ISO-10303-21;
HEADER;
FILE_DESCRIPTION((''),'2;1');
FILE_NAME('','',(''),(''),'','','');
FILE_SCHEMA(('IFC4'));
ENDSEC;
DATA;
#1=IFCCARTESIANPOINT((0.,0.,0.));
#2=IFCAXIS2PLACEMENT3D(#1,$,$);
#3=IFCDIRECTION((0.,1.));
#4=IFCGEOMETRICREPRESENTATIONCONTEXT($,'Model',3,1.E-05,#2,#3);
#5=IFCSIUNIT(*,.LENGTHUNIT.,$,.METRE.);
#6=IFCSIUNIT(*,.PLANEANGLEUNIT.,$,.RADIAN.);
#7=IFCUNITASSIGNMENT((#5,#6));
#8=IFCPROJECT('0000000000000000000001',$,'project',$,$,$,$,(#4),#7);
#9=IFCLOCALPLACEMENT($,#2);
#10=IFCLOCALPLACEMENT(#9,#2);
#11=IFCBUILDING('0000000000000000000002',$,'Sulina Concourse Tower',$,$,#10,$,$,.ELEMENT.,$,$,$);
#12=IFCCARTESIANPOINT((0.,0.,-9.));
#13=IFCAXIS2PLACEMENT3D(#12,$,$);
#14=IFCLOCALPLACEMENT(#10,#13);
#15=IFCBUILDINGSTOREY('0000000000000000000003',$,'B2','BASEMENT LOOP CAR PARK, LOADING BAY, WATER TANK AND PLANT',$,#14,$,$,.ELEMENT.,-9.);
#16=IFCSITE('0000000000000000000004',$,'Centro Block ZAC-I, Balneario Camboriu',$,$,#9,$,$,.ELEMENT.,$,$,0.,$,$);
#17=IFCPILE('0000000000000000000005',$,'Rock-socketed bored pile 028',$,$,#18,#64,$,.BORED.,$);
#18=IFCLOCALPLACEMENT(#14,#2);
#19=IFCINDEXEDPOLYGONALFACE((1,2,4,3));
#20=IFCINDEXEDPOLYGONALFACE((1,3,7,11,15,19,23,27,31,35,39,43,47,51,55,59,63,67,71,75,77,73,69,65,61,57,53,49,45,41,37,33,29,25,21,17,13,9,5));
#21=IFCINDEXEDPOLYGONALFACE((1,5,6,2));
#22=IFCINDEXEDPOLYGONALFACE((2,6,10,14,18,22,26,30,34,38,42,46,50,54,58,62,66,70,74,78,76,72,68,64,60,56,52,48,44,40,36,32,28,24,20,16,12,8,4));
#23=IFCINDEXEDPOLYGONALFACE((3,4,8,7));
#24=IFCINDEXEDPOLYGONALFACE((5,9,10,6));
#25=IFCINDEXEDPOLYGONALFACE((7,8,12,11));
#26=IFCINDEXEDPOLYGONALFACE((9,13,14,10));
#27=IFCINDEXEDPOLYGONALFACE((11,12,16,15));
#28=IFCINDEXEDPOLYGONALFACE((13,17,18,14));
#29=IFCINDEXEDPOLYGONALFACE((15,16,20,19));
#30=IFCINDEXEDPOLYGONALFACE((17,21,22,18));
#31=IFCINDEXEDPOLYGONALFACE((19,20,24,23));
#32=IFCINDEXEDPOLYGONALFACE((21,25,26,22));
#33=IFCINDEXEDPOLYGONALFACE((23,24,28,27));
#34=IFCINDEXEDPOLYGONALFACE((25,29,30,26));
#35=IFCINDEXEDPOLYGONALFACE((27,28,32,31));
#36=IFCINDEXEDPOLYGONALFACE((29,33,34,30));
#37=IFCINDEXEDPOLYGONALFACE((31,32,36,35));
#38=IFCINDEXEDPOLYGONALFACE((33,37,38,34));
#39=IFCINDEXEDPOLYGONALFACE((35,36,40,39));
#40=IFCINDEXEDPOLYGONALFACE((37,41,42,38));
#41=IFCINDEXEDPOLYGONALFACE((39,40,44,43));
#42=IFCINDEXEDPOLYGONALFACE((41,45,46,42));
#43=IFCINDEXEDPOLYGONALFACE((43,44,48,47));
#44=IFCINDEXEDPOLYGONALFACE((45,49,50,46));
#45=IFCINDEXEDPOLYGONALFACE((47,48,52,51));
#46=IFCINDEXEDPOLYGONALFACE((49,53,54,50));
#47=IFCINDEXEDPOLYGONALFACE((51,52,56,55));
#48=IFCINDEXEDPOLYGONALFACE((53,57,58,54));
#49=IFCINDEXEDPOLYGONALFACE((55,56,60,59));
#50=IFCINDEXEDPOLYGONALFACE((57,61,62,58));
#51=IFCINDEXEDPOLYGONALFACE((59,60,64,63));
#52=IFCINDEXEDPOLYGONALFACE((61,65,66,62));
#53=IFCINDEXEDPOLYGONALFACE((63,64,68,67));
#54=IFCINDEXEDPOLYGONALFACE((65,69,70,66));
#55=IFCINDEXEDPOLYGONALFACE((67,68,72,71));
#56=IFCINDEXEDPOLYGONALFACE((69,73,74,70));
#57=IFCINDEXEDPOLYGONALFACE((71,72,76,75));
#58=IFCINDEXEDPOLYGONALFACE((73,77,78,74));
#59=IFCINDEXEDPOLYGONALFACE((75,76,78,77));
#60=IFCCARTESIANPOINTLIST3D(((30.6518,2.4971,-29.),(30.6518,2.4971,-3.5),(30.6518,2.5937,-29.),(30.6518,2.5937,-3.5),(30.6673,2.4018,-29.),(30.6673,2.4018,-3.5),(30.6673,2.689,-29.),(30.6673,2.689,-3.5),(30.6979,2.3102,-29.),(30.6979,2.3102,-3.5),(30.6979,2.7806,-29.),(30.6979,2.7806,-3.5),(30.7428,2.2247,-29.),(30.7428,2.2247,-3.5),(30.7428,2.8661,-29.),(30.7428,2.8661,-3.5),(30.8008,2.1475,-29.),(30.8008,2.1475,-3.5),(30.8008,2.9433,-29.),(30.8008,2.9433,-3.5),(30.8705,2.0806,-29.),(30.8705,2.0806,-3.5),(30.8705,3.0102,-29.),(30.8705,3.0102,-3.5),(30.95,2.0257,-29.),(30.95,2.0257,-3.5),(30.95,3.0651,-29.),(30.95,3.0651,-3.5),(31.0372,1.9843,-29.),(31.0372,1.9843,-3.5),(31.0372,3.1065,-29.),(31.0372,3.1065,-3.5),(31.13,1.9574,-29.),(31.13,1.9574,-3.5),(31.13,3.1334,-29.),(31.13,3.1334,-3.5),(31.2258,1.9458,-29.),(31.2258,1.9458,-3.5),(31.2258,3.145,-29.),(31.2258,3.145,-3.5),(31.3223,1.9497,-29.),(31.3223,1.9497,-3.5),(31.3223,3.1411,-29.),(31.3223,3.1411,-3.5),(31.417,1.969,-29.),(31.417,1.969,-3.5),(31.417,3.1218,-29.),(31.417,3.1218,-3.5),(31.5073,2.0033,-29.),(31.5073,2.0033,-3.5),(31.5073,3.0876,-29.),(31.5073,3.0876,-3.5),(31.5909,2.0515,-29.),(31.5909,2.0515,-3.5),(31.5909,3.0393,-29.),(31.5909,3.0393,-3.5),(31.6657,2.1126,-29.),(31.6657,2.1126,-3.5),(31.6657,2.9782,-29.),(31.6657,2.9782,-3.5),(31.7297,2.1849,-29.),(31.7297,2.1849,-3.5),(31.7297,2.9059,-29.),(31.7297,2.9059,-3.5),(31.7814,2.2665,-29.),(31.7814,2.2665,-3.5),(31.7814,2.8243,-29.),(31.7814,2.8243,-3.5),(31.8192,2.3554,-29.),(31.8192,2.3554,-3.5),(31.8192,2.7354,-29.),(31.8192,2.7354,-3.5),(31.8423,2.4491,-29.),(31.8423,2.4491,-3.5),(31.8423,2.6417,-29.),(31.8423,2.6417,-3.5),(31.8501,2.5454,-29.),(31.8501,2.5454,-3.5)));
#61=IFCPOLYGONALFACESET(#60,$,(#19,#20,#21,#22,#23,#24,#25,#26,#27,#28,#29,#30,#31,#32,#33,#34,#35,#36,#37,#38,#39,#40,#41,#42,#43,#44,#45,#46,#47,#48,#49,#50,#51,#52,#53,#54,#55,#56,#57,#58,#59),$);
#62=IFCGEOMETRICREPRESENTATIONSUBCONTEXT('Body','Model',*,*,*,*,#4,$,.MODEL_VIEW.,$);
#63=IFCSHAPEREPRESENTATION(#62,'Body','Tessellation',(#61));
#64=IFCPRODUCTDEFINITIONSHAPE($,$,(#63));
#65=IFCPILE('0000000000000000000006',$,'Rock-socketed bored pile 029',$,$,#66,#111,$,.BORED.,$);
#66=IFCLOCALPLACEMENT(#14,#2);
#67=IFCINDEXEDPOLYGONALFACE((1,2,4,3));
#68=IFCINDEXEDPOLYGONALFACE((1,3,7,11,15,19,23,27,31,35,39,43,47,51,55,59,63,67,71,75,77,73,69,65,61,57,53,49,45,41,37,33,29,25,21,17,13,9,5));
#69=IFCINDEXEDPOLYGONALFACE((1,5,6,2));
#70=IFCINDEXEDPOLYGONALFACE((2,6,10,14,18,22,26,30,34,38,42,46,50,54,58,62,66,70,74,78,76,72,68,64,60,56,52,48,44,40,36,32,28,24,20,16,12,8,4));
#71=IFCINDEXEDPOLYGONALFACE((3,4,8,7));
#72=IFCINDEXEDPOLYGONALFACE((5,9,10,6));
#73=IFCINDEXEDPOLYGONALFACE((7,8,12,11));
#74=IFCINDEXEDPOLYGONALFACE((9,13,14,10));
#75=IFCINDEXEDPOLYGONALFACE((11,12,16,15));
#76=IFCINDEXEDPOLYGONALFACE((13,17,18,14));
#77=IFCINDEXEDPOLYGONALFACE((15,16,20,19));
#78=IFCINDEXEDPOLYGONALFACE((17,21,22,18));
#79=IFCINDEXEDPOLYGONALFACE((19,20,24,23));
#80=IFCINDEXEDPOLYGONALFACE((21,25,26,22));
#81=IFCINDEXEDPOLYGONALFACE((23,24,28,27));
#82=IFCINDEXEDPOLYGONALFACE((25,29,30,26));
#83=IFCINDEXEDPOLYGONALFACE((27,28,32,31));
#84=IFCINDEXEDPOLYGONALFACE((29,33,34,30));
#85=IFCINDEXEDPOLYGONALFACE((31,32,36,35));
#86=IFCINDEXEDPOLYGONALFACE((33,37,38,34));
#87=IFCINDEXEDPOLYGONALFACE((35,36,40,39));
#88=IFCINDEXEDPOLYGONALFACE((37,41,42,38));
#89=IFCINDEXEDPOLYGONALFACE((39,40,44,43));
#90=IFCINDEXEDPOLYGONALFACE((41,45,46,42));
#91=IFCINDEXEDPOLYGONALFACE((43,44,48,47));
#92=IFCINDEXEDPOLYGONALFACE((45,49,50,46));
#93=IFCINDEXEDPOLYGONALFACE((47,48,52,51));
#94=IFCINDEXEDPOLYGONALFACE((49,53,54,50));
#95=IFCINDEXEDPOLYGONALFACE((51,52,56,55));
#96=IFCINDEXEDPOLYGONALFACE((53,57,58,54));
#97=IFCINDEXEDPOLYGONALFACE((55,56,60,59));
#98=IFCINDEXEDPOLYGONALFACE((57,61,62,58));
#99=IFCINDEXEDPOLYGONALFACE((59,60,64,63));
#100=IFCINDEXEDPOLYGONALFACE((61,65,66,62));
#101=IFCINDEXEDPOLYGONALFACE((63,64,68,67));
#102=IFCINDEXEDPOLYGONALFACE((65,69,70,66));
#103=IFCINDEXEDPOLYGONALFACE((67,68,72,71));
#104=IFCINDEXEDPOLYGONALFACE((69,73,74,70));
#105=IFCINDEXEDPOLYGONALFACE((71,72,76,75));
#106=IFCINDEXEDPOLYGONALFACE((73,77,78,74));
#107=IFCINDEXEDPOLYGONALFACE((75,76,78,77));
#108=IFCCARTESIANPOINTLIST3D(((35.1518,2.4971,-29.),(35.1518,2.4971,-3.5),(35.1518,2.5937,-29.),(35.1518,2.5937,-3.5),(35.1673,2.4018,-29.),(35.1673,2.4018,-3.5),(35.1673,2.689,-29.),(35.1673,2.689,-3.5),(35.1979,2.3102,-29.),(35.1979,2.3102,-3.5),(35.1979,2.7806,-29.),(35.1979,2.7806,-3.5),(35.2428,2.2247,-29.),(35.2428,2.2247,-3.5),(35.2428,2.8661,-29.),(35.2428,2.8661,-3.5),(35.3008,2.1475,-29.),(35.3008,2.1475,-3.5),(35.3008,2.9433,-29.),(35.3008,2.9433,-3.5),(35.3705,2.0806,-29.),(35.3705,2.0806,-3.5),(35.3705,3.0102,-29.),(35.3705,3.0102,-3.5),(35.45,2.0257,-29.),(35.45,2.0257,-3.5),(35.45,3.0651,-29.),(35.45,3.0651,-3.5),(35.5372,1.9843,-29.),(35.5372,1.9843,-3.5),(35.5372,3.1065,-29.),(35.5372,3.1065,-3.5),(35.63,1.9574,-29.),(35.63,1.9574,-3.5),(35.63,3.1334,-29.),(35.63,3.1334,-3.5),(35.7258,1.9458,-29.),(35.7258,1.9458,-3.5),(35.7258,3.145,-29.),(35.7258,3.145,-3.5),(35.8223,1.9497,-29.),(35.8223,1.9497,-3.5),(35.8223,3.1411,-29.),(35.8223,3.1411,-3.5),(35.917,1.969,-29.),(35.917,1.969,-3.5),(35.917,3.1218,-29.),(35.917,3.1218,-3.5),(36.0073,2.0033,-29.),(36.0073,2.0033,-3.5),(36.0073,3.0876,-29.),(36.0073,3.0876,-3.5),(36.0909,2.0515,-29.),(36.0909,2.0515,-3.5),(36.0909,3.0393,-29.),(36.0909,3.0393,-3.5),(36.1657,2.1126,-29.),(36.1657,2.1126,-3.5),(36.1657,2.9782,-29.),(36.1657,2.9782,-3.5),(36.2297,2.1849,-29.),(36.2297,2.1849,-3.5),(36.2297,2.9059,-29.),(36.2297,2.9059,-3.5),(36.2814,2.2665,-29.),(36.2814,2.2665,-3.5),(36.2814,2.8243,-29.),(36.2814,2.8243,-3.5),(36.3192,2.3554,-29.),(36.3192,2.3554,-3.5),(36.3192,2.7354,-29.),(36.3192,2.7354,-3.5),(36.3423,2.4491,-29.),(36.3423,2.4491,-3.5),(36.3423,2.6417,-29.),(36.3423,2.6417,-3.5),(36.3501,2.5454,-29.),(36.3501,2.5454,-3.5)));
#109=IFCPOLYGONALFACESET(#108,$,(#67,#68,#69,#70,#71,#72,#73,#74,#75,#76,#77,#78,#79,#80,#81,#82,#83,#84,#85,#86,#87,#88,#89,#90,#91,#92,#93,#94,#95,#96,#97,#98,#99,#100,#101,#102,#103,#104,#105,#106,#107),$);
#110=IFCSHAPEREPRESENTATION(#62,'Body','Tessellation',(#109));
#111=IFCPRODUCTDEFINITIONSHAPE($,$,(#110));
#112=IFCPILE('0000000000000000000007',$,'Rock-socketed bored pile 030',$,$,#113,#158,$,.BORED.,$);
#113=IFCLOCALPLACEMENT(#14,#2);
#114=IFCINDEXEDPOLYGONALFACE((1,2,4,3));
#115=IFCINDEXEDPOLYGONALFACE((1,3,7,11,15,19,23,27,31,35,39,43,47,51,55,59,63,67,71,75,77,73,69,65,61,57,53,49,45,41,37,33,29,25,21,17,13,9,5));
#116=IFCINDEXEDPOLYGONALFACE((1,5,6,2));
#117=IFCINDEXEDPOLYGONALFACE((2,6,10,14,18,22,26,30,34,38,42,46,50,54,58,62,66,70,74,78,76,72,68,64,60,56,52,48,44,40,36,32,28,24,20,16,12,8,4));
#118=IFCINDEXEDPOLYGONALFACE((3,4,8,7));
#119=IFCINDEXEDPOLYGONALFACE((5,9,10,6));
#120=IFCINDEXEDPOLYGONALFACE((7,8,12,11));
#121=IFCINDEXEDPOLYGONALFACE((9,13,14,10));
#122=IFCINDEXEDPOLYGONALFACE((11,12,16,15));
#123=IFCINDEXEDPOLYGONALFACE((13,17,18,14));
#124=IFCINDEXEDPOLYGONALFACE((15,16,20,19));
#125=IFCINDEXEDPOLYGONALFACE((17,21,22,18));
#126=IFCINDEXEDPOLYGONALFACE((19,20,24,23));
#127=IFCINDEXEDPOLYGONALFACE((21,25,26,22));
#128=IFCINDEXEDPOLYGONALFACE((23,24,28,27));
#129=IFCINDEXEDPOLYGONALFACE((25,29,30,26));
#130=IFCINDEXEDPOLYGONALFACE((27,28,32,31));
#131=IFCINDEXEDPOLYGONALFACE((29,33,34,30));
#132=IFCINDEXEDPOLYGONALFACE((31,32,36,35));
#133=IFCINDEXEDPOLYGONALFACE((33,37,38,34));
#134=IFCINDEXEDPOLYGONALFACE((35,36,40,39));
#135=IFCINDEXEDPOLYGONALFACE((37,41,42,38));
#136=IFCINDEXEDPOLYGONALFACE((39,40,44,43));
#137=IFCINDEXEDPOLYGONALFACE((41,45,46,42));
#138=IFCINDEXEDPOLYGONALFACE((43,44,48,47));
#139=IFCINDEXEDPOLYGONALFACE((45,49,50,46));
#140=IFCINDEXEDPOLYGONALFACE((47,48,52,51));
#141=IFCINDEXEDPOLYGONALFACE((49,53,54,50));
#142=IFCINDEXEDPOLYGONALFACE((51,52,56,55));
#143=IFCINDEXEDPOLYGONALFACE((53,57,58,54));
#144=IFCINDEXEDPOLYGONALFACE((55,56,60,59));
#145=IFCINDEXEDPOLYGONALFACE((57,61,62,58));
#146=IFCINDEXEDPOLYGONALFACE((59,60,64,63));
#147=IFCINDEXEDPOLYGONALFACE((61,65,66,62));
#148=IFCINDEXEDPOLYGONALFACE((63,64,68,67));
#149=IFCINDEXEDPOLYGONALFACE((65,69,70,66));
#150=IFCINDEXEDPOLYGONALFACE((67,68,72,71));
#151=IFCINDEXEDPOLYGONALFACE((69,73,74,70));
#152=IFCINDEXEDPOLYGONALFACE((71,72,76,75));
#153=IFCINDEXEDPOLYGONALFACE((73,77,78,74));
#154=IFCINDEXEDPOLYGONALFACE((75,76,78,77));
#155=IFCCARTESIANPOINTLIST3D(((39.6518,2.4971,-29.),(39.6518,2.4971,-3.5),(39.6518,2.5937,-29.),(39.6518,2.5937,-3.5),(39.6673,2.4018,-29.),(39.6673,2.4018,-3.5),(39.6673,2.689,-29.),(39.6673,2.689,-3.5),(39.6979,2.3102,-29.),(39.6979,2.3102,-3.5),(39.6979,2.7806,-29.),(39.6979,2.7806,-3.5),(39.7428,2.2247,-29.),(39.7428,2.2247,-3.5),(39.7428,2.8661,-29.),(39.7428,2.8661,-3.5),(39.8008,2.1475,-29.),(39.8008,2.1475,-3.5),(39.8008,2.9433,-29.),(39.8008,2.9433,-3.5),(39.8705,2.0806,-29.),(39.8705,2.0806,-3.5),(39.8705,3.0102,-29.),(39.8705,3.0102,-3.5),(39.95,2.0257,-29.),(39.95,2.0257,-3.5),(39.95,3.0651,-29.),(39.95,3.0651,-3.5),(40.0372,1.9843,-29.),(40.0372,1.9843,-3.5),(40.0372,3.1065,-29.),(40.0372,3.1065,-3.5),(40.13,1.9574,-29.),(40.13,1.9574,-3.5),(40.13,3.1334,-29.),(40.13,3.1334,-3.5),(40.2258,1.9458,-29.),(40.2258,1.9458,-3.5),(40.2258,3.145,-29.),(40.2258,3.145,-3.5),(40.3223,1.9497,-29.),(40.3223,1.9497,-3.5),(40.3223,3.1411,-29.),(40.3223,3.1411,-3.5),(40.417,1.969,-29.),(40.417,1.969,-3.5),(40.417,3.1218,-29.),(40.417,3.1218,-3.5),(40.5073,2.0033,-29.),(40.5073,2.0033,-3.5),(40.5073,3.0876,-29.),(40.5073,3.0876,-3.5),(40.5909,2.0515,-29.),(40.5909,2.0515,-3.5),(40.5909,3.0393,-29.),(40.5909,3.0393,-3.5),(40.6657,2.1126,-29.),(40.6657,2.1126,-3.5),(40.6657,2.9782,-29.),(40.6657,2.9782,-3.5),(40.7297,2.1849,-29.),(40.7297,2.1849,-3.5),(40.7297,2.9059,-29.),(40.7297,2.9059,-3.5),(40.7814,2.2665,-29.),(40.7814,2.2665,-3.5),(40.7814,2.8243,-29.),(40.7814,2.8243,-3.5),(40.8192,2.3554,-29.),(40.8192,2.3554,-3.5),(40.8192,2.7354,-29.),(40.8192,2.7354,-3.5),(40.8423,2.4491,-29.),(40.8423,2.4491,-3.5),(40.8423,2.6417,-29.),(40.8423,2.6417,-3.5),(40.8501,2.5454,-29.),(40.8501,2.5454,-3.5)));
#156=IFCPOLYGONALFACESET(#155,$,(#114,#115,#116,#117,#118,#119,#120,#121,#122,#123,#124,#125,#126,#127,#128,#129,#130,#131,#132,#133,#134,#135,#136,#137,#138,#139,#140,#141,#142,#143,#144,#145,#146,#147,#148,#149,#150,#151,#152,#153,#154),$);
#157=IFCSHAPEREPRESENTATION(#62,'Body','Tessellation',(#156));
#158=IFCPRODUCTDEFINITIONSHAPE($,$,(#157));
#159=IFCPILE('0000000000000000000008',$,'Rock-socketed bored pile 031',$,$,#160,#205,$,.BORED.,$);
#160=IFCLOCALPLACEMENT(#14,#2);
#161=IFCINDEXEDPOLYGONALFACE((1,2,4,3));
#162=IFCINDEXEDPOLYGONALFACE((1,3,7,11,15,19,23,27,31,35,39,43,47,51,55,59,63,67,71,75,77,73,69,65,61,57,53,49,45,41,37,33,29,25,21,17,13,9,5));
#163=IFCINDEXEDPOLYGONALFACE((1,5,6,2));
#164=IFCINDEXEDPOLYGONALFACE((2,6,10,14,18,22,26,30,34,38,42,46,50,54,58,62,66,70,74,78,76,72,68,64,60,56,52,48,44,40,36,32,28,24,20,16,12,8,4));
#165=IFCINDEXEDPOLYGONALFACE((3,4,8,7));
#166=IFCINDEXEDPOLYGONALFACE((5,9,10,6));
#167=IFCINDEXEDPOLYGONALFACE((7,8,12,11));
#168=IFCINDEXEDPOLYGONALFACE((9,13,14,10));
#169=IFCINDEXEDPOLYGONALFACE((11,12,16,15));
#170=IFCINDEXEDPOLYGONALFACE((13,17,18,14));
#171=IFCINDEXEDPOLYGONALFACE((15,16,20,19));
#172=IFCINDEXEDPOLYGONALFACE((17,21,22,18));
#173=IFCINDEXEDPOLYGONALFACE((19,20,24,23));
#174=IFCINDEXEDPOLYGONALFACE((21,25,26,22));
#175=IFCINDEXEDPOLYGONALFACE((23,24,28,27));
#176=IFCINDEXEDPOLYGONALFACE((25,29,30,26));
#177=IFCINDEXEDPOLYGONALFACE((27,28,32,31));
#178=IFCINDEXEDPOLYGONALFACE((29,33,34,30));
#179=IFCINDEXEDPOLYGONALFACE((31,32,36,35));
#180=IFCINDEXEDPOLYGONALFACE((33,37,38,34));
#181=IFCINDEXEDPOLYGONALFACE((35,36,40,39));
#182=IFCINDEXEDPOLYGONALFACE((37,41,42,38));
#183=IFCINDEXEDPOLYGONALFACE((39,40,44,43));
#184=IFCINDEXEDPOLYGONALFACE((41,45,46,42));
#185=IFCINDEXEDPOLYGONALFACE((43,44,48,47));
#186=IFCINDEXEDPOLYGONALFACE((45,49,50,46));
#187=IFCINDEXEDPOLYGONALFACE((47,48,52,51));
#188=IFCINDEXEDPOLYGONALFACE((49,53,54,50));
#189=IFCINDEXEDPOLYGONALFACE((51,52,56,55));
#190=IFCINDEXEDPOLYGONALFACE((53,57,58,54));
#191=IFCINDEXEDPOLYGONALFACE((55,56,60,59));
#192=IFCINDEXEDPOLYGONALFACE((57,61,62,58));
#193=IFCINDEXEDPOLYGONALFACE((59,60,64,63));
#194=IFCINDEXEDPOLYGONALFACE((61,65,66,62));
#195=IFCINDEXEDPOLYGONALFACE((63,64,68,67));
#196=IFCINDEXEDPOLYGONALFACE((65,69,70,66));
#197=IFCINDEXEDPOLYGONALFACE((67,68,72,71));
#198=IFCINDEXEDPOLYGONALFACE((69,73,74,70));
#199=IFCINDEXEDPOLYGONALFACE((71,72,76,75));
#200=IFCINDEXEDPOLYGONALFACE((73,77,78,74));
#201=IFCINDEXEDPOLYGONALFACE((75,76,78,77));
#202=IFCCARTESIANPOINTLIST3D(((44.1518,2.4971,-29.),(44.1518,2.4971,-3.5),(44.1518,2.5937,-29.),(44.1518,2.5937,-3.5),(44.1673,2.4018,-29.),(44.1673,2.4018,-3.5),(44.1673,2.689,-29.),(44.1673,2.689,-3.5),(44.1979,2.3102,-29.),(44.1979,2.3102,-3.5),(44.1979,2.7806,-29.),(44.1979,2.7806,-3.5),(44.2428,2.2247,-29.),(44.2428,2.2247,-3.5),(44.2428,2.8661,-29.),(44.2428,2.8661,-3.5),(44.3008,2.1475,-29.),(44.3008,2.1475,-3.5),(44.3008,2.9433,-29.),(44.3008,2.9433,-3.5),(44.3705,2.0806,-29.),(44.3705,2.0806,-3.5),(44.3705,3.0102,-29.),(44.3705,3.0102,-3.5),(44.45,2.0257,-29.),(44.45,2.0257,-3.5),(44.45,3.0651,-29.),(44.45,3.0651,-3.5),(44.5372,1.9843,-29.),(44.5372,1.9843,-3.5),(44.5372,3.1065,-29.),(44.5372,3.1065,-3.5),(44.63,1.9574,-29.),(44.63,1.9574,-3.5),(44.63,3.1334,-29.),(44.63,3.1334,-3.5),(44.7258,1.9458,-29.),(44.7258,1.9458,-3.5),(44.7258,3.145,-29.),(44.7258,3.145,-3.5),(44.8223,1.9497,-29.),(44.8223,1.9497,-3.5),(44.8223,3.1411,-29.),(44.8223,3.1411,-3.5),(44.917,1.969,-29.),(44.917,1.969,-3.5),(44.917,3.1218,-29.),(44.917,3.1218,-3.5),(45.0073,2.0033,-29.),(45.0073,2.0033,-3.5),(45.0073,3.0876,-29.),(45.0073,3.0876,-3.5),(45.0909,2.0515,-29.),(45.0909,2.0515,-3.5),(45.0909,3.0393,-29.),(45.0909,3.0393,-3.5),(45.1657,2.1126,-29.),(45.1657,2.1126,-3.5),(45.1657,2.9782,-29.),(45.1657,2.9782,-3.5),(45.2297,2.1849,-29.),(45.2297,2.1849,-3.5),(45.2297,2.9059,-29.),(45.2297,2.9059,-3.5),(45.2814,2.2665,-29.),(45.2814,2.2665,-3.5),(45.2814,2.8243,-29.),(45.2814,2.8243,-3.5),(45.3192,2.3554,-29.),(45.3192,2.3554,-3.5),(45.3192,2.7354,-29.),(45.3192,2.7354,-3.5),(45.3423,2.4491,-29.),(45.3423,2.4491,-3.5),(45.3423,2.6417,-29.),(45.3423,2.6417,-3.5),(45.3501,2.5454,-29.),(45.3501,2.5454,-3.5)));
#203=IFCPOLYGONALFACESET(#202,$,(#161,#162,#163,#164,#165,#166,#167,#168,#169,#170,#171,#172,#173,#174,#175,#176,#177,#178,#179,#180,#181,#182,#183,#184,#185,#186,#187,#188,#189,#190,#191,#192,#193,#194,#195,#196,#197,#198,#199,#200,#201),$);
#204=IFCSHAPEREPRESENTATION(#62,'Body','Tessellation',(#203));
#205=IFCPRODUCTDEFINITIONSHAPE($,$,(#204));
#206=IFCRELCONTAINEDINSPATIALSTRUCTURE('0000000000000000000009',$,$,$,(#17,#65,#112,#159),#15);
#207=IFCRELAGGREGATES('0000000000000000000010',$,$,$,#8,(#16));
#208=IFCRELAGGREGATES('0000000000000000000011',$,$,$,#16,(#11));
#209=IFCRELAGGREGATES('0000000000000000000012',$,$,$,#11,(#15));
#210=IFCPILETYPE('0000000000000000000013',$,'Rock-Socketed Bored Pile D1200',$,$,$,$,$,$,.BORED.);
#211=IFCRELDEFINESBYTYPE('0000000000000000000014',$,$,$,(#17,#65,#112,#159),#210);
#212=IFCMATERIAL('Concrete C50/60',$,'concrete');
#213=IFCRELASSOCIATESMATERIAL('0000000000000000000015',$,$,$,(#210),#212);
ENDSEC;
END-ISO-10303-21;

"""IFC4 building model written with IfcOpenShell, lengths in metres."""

from ifc_helpers import new_model, si_unit, direction, frame, origin, origin_2d, place, context, subcontext, project, spatial, circle, extrude, material, material_profile, profile_set, type_object, element, save


model = new_model("IFC4")

# Units and contexts
model_context = context("Model", 3, precision=1e-05, world=origin(), true_north=direction((0.0, 1.0)))
body_context = subcontext(model_context, "Body", "Model", "MODEL_VIEW")
ifc_project = project(units=[si_unit("LENGTHUNIT", "METRE"), si_unit("PLANEANGLEUNIT", "RADIAN")], contexts=[model_context])

# Site, building, storey
site_placement = place(None, origin())
site = spatial("IfcSite", under=ifc_project, at=site_placement, Name="Centro Block ZAC-I, Balneario Camboriu", CompositionType="ELEMENT", RefElevation=0.0)
building_placement = place(site_placement, origin())
building = spatial("IfcBuilding", under=site, at=building_placement, Name="Sulina Concourse Tower", CompositionType="ELEMENT")
storey_placement = place(building_placement, frame((0.0, 0.0, -9.0)))
storey = spatial("IfcBuildingStorey", under=building, at=storey_placement, Name="B2", Description="BASEMENT LOOP CAR PARK, LOADING BAY, WATER TANK AND PLANT", CompositionType="ELEMENT", Elevation=-9.0)

# Piles
ifc_material_1 = material(Name="Concrete C50/60", Category="concrete")
ifc_material_profile_1 = material_profile(ifc_material_1, circle(Radius=0.6001, at=origin_2d()), Name="PILE D1200")
ifc_profile_set_1 = profile_set([ifc_material_profile_1], Name="Concrete C50/60")
pile_type_1 = type_object("IfcPileType", Name="Rock-Socketed Bored Pile D1200", PredefinedType="BORED", material=ifc_profile_set_1)
for number, where, z_axis, x_axis, name in (
    (1, (31.25, 2.5454, -3.5), (0.0, 0.0, -1.0), (1.0, 0.0, 0.0), "Rock-socketed bored pile 028"),
    (2, (35.75, 2.5454, -3.5), (0.0, 0.0, -1.0), (1.0, 0.0, 0.0), "Rock-socketed bored pile 029"),
    (3, (40.25, 2.5454, -3.5), (0.0, 0.0, -1.0), (1.0, 0.0, 0.0), "Rock-socketed bored pile 030"),
    (4, (44.75, 2.5454, -3.5), (0.0, 0.0, -1.0), (1.0, 0.0, 0.0), "Rock-socketed bored pile 031"),
):
    element("IfcPile", number, at=place(storey_placement, frame(where, z_axis=z_axis, x_axis=x_axis)), inside=storey, type_object=pile_type_1, Name=name, PredefinedType="BORED", context=body_context, shape_type="SweptSolid", body=[
        extrude(circle(Radius=0.6001, at=origin_2d()), origin(), (0.0, 0.0, 1.0), 25.5),
    ])

save(model, "model.ifc")
